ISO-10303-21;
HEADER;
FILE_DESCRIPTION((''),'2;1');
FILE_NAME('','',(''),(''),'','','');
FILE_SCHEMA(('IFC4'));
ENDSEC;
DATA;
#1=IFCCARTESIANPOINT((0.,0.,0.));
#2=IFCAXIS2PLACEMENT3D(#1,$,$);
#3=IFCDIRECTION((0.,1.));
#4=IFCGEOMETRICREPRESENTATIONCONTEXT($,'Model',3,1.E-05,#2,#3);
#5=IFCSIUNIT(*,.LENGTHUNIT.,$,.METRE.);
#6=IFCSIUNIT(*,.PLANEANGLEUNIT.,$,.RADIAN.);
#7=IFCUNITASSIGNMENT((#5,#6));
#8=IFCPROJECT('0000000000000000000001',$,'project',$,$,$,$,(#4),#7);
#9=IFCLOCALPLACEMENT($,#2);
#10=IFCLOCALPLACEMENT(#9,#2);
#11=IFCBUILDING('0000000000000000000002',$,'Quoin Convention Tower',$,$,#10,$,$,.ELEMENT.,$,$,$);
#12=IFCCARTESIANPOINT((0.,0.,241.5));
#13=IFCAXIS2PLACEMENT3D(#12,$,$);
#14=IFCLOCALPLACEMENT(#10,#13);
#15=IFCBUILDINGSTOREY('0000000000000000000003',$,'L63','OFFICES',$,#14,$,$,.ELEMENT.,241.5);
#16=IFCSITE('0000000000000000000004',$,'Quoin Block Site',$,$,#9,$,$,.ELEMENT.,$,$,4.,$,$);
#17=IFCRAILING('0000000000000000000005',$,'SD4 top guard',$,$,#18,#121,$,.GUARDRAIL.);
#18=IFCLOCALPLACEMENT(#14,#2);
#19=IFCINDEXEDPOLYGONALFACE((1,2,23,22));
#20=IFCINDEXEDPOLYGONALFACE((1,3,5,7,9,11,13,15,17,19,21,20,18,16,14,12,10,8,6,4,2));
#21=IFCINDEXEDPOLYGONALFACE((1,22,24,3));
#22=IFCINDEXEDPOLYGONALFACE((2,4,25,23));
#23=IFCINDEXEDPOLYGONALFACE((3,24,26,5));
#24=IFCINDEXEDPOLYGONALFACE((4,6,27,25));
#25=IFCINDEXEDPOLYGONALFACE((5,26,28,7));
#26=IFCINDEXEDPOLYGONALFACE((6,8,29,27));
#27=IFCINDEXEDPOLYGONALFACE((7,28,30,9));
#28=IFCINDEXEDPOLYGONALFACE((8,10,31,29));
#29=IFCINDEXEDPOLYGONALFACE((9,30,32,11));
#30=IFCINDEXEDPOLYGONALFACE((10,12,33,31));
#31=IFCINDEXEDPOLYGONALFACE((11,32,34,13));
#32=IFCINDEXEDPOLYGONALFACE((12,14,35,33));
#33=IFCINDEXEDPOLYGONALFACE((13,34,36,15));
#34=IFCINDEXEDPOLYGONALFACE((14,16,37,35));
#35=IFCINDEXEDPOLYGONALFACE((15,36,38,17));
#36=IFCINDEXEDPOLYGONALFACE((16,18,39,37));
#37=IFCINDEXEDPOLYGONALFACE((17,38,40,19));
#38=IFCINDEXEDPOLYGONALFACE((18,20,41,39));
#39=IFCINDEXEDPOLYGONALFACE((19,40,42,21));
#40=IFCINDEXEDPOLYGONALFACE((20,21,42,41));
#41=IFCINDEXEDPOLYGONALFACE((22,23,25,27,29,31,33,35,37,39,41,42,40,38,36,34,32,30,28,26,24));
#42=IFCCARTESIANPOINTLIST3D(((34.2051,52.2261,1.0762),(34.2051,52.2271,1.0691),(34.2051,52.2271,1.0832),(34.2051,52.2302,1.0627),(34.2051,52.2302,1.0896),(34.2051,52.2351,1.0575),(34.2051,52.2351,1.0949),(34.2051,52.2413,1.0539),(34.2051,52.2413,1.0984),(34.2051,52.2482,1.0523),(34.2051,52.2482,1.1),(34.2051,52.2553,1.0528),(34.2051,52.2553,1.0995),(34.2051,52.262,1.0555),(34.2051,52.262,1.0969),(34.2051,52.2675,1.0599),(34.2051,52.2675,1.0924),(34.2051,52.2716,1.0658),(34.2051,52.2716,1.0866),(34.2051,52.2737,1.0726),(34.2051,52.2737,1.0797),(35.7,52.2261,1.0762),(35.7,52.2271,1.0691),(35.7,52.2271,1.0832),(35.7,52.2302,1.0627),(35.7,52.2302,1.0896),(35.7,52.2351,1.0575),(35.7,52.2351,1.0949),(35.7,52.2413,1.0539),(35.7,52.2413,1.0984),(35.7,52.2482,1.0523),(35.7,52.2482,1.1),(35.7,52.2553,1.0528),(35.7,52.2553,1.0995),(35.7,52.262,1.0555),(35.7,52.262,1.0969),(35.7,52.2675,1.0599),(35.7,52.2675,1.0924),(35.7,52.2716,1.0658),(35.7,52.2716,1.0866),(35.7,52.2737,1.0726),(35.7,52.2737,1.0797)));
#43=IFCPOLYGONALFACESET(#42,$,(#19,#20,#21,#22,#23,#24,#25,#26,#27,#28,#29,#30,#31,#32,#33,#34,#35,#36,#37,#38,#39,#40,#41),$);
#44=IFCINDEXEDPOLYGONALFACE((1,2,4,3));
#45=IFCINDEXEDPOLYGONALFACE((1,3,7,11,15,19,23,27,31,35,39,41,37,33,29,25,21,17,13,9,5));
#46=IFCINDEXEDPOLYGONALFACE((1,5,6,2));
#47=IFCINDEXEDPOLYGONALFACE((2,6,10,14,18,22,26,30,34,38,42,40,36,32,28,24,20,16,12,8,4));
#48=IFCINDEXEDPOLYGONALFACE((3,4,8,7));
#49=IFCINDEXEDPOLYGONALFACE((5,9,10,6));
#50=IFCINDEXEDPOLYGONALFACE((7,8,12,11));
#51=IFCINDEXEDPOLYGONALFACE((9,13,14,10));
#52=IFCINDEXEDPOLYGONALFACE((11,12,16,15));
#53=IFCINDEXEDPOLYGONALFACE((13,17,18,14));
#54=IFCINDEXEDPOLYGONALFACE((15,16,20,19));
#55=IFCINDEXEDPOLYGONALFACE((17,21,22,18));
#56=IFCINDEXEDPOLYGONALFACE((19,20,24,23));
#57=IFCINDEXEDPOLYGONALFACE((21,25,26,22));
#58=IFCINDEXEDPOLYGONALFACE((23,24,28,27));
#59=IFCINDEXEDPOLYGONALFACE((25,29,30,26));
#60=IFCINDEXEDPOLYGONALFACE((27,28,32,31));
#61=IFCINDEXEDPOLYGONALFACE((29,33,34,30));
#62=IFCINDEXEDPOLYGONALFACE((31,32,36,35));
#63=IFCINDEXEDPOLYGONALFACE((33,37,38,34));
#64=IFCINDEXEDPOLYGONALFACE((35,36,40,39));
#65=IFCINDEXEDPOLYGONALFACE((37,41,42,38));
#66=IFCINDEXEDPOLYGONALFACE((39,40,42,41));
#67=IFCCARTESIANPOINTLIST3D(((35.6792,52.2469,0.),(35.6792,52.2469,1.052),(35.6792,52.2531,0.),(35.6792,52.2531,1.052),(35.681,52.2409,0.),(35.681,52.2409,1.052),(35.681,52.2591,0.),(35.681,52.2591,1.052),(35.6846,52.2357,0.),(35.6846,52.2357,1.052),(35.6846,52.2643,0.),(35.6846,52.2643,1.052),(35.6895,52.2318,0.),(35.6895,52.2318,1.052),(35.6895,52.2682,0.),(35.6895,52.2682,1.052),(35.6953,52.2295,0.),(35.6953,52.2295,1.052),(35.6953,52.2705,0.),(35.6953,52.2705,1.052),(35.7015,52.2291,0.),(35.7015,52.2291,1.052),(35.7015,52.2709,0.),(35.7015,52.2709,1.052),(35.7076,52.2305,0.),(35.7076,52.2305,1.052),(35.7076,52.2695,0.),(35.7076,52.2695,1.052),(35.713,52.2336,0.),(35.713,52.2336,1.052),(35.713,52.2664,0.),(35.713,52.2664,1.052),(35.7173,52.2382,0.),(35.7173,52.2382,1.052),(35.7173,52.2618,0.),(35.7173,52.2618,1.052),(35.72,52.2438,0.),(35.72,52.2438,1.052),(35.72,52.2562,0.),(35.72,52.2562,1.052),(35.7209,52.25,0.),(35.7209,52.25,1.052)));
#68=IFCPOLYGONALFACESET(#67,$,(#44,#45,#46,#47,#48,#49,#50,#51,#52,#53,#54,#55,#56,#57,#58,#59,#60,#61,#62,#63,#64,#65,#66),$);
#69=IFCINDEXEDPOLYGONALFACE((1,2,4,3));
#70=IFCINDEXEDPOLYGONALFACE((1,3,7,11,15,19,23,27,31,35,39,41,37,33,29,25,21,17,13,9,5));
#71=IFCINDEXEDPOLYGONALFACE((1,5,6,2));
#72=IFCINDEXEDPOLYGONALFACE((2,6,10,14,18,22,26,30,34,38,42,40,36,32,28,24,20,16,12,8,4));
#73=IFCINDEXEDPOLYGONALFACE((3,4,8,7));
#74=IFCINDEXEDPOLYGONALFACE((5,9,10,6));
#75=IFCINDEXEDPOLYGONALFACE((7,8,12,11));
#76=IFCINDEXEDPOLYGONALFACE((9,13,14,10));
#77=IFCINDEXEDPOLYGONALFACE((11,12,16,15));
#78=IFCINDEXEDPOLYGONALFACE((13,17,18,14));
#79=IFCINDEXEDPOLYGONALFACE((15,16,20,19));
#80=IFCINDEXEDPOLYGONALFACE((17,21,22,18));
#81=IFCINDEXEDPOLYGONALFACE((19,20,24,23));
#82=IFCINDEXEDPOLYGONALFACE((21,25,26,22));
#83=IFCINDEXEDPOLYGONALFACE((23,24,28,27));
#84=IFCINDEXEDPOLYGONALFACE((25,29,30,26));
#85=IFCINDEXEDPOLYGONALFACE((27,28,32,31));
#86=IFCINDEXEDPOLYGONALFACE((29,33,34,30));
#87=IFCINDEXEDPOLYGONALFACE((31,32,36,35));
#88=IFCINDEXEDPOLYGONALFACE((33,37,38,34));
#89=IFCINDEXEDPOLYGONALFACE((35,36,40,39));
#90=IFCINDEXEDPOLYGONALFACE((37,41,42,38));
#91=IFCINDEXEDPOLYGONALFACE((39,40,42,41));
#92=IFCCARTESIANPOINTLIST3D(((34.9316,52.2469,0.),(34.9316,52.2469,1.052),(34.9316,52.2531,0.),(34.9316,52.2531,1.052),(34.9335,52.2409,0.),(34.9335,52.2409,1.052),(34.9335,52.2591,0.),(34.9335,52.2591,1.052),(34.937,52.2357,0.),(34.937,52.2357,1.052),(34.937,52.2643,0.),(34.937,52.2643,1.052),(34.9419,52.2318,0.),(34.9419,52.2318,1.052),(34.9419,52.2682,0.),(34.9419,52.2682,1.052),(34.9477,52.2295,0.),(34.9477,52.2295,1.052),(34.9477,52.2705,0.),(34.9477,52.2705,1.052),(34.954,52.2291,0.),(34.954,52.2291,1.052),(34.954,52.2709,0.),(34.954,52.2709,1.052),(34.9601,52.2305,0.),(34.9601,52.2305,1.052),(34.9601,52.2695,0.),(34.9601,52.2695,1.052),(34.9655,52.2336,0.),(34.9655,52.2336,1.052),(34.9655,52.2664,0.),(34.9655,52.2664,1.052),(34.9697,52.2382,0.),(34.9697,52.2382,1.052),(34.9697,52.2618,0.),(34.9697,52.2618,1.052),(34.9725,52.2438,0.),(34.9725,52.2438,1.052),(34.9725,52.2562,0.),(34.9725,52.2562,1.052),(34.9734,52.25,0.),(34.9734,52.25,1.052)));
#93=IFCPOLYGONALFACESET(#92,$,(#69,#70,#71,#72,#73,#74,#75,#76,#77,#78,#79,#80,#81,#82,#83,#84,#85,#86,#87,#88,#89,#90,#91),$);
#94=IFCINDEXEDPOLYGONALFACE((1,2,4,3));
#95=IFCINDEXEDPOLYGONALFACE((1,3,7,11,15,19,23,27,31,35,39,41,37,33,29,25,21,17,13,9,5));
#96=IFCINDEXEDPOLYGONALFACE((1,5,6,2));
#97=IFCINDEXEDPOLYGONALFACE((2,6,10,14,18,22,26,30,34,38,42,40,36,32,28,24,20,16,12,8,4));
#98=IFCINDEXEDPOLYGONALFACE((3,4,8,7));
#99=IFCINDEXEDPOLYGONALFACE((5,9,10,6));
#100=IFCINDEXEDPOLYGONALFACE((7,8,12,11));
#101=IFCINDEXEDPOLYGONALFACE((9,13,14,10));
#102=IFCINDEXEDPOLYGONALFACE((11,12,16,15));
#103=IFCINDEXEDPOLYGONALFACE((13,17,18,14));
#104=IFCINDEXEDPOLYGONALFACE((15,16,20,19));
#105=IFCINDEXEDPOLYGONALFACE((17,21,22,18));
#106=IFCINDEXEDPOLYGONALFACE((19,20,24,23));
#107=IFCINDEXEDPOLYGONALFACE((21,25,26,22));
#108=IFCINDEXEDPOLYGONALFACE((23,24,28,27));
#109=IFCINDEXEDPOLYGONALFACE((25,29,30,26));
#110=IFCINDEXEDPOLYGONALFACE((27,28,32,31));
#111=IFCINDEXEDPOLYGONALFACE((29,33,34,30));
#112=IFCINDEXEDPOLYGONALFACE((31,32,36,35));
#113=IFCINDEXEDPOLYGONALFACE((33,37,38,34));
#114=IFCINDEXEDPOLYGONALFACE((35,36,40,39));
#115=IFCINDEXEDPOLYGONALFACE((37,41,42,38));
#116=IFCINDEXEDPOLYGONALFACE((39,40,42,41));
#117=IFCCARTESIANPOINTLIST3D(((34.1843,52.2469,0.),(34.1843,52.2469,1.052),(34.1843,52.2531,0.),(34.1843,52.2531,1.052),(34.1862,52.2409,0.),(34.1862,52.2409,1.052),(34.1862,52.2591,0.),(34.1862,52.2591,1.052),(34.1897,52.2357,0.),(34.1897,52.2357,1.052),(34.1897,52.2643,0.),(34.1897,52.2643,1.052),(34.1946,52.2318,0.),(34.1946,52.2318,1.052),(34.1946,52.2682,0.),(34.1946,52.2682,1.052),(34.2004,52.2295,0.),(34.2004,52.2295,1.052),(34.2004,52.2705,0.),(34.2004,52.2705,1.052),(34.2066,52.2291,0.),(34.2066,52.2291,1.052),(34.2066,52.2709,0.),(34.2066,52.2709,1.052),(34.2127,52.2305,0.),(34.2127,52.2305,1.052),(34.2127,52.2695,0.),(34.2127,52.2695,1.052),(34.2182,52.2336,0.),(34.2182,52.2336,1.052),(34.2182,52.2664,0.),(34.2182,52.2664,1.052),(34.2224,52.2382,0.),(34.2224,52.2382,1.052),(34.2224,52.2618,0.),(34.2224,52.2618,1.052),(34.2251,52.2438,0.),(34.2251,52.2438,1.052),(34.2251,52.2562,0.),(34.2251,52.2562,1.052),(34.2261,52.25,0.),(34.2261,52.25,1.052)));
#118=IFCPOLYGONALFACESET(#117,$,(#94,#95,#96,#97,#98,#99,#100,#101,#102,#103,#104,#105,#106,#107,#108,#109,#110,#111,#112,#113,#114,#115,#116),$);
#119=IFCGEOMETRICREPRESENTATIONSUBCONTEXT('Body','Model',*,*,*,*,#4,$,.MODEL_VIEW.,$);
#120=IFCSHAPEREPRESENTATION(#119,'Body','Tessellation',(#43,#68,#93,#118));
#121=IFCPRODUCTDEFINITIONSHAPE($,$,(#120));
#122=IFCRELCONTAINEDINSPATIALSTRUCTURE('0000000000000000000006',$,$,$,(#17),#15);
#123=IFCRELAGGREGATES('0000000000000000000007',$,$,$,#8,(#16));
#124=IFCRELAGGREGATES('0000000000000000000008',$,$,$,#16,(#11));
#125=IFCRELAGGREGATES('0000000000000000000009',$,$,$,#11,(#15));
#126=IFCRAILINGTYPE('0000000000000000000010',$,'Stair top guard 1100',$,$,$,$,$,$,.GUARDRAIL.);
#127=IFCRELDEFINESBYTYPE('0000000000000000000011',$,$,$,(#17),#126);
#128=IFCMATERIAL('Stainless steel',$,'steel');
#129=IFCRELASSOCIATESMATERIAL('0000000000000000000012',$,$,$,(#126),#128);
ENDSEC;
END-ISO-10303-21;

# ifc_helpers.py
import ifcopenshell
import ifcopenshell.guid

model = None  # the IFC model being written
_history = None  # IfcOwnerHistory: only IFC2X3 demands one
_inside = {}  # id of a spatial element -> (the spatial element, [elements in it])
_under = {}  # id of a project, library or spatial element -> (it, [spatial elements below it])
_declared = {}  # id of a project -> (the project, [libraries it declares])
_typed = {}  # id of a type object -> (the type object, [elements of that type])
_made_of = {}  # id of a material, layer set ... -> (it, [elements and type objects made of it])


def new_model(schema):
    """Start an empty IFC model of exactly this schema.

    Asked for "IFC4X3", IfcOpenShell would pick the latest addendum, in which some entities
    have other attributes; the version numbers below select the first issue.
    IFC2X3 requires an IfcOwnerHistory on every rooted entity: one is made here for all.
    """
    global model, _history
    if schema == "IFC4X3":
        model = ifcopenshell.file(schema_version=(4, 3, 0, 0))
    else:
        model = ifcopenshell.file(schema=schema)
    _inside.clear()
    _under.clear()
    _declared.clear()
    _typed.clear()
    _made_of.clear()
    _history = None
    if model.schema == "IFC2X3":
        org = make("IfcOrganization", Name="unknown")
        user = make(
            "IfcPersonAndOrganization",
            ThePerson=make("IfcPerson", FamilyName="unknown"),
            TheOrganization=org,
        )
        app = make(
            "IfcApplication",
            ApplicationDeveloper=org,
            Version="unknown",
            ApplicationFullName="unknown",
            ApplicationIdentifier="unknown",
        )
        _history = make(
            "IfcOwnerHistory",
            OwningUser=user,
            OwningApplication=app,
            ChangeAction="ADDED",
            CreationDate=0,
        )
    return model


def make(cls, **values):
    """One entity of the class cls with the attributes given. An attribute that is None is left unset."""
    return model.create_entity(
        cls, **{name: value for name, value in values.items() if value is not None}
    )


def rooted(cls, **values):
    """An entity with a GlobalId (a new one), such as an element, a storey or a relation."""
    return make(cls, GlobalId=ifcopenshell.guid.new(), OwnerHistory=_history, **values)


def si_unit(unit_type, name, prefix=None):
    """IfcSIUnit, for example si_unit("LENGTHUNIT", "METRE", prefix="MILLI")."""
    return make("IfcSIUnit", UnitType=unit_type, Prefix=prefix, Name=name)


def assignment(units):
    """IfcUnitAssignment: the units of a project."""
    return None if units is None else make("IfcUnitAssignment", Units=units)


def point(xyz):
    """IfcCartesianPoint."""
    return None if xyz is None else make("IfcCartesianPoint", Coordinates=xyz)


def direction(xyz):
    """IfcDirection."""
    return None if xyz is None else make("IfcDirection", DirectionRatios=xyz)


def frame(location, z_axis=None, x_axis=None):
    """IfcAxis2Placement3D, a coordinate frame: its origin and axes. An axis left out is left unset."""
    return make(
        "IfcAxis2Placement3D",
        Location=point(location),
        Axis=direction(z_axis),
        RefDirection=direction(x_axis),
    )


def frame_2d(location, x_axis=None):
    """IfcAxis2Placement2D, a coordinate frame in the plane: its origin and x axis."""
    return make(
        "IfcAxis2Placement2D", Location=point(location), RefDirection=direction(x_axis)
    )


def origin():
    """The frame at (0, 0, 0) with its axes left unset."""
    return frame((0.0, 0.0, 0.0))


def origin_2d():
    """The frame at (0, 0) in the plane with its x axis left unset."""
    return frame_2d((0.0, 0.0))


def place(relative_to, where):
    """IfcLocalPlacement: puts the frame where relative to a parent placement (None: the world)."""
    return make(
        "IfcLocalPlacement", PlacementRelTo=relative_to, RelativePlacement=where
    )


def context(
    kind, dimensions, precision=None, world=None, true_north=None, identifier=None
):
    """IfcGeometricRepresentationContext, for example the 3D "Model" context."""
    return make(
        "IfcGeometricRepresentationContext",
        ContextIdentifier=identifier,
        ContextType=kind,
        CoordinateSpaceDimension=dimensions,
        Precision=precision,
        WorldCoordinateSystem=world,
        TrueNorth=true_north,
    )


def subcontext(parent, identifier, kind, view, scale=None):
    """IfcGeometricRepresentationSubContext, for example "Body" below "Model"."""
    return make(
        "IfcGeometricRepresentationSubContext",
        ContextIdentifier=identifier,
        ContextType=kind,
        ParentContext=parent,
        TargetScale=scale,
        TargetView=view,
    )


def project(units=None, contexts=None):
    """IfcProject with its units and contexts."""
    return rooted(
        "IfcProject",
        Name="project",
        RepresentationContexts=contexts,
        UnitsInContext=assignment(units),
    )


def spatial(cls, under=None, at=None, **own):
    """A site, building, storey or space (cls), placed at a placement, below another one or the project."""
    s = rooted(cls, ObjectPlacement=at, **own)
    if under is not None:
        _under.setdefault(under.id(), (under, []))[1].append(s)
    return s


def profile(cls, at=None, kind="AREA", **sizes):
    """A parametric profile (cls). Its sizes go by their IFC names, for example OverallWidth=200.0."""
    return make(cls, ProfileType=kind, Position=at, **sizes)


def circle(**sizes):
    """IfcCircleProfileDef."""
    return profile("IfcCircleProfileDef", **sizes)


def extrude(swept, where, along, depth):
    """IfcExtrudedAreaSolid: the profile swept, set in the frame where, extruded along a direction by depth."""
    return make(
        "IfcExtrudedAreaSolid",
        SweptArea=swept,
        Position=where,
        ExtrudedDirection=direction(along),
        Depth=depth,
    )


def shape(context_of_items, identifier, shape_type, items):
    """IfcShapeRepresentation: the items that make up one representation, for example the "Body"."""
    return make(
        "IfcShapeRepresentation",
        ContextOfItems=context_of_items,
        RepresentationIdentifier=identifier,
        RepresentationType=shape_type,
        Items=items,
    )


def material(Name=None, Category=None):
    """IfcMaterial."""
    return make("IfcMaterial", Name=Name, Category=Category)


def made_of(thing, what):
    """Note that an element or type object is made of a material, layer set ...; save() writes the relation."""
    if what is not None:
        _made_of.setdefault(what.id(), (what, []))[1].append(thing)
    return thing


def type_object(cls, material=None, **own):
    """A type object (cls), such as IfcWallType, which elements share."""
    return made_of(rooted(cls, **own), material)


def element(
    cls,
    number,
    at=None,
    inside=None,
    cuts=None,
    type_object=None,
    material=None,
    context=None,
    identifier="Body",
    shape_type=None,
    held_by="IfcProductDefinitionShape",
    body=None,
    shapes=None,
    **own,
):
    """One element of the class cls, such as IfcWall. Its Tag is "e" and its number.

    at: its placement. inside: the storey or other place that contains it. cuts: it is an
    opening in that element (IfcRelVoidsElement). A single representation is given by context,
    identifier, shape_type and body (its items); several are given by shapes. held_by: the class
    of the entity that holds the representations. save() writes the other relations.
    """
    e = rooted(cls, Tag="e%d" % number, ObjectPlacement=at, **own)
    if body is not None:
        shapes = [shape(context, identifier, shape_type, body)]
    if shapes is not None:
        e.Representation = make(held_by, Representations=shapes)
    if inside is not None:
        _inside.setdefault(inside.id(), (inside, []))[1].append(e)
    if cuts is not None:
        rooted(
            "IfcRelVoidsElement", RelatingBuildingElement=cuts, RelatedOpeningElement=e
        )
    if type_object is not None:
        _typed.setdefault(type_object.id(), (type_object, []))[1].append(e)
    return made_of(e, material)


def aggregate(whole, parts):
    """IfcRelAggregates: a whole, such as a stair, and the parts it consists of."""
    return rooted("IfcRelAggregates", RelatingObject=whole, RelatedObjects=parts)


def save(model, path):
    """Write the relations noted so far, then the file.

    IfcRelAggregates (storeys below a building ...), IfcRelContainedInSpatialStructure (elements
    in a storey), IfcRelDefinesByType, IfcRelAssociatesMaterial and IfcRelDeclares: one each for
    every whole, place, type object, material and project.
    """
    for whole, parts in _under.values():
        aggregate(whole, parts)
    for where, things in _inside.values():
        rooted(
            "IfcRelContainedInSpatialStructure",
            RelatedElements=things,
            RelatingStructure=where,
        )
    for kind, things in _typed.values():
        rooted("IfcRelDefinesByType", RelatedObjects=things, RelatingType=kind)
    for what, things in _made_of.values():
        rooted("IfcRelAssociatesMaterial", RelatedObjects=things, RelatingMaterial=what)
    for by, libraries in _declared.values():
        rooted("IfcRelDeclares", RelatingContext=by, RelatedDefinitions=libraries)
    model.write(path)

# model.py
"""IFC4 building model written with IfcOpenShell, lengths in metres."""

from ifc_helpers import new_model, si_unit, direction, frame, origin, origin_2d, place, context, subcontext, project, spatial, circle, extrude, material, type_object, element, save


model = new_model("IFC4")

# Units and contexts
model_context = context("Model", 3, precision=1e-05, world=origin(), true_north=direction((0.0, 1.0)))
body_context = subcontext(model_context, "Body", "Model", "MODEL_VIEW")
ifc_project = project(units=[si_unit("LENGTHUNIT", "METRE"), si_unit("PLANEANGLEUNIT", "RADIAN")], contexts=[model_context])

# Site, building, storey
site_placement = place(None, origin())
site = spatial("IfcSite", under=ifc_project, at=site_placement, Name="Quoin Block Site", CompositionType="ELEMENT", RefElevation=4.0)
building_placement = place(site_placement, origin())
building = spatial("IfcBuilding", under=site, at=building_placement, Name="Quoin Convention Tower", CompositionType="ELEMENT")
storey_placement = place(building_placement, frame((0.0, 0.0, 241.5)))
storey = spatial("IfcBuildingStorey", under=building, at=storey_placement, Name="L63", Description="OFFICES", CompositionType="ELEMENT", Elevation=241.5)

# Railing
ifc_material_1 = material(Name="Stainless steel", Category="steel")
railing_type_1 = type_object("IfcRailingType", Name="Stair top guard 1100", PredefinedType="GUARDRAIL", material=ifc_material_1)
railing_1_placement = place(storey_placement, frame((35.7, 52.25, 0.0)))
element("IfcRailing", 1, at=railing_1_placement, inside=storey, type_object=railing_type_1, Name="SD4 top guard", PredefinedType="GUARDRAIL", context=body_context, shape_type="SweptSolid", body=[
    extrude(circle(Radius=0.0239, at=origin_2d()), frame((0.0, 0.0, 1.0762), z_axis=(-1.0, 0.0, 0.0), x_axis=(0.0, -1.0, 0.0)), (0.0, 0.0, 1.0), 1.4949),
    extrude(circle(Radius=0.021, at=origin_2d()), origin(), (0.0, 0.0, 1.0), 1.052),
    extrude(circle(Radius=0.021, at=origin_2d()), frame((-0.7476, 0.0, 0.0)), (0.0, 0.0, 1.0), 1.052),
    extrude(circle(Radius=0.021, at=origin_2d()), frame((-1.4949, 0.0, 0.0)), (0.0, 0.0, 1.0), 1.052),
])

save(model, "model.ifc")
